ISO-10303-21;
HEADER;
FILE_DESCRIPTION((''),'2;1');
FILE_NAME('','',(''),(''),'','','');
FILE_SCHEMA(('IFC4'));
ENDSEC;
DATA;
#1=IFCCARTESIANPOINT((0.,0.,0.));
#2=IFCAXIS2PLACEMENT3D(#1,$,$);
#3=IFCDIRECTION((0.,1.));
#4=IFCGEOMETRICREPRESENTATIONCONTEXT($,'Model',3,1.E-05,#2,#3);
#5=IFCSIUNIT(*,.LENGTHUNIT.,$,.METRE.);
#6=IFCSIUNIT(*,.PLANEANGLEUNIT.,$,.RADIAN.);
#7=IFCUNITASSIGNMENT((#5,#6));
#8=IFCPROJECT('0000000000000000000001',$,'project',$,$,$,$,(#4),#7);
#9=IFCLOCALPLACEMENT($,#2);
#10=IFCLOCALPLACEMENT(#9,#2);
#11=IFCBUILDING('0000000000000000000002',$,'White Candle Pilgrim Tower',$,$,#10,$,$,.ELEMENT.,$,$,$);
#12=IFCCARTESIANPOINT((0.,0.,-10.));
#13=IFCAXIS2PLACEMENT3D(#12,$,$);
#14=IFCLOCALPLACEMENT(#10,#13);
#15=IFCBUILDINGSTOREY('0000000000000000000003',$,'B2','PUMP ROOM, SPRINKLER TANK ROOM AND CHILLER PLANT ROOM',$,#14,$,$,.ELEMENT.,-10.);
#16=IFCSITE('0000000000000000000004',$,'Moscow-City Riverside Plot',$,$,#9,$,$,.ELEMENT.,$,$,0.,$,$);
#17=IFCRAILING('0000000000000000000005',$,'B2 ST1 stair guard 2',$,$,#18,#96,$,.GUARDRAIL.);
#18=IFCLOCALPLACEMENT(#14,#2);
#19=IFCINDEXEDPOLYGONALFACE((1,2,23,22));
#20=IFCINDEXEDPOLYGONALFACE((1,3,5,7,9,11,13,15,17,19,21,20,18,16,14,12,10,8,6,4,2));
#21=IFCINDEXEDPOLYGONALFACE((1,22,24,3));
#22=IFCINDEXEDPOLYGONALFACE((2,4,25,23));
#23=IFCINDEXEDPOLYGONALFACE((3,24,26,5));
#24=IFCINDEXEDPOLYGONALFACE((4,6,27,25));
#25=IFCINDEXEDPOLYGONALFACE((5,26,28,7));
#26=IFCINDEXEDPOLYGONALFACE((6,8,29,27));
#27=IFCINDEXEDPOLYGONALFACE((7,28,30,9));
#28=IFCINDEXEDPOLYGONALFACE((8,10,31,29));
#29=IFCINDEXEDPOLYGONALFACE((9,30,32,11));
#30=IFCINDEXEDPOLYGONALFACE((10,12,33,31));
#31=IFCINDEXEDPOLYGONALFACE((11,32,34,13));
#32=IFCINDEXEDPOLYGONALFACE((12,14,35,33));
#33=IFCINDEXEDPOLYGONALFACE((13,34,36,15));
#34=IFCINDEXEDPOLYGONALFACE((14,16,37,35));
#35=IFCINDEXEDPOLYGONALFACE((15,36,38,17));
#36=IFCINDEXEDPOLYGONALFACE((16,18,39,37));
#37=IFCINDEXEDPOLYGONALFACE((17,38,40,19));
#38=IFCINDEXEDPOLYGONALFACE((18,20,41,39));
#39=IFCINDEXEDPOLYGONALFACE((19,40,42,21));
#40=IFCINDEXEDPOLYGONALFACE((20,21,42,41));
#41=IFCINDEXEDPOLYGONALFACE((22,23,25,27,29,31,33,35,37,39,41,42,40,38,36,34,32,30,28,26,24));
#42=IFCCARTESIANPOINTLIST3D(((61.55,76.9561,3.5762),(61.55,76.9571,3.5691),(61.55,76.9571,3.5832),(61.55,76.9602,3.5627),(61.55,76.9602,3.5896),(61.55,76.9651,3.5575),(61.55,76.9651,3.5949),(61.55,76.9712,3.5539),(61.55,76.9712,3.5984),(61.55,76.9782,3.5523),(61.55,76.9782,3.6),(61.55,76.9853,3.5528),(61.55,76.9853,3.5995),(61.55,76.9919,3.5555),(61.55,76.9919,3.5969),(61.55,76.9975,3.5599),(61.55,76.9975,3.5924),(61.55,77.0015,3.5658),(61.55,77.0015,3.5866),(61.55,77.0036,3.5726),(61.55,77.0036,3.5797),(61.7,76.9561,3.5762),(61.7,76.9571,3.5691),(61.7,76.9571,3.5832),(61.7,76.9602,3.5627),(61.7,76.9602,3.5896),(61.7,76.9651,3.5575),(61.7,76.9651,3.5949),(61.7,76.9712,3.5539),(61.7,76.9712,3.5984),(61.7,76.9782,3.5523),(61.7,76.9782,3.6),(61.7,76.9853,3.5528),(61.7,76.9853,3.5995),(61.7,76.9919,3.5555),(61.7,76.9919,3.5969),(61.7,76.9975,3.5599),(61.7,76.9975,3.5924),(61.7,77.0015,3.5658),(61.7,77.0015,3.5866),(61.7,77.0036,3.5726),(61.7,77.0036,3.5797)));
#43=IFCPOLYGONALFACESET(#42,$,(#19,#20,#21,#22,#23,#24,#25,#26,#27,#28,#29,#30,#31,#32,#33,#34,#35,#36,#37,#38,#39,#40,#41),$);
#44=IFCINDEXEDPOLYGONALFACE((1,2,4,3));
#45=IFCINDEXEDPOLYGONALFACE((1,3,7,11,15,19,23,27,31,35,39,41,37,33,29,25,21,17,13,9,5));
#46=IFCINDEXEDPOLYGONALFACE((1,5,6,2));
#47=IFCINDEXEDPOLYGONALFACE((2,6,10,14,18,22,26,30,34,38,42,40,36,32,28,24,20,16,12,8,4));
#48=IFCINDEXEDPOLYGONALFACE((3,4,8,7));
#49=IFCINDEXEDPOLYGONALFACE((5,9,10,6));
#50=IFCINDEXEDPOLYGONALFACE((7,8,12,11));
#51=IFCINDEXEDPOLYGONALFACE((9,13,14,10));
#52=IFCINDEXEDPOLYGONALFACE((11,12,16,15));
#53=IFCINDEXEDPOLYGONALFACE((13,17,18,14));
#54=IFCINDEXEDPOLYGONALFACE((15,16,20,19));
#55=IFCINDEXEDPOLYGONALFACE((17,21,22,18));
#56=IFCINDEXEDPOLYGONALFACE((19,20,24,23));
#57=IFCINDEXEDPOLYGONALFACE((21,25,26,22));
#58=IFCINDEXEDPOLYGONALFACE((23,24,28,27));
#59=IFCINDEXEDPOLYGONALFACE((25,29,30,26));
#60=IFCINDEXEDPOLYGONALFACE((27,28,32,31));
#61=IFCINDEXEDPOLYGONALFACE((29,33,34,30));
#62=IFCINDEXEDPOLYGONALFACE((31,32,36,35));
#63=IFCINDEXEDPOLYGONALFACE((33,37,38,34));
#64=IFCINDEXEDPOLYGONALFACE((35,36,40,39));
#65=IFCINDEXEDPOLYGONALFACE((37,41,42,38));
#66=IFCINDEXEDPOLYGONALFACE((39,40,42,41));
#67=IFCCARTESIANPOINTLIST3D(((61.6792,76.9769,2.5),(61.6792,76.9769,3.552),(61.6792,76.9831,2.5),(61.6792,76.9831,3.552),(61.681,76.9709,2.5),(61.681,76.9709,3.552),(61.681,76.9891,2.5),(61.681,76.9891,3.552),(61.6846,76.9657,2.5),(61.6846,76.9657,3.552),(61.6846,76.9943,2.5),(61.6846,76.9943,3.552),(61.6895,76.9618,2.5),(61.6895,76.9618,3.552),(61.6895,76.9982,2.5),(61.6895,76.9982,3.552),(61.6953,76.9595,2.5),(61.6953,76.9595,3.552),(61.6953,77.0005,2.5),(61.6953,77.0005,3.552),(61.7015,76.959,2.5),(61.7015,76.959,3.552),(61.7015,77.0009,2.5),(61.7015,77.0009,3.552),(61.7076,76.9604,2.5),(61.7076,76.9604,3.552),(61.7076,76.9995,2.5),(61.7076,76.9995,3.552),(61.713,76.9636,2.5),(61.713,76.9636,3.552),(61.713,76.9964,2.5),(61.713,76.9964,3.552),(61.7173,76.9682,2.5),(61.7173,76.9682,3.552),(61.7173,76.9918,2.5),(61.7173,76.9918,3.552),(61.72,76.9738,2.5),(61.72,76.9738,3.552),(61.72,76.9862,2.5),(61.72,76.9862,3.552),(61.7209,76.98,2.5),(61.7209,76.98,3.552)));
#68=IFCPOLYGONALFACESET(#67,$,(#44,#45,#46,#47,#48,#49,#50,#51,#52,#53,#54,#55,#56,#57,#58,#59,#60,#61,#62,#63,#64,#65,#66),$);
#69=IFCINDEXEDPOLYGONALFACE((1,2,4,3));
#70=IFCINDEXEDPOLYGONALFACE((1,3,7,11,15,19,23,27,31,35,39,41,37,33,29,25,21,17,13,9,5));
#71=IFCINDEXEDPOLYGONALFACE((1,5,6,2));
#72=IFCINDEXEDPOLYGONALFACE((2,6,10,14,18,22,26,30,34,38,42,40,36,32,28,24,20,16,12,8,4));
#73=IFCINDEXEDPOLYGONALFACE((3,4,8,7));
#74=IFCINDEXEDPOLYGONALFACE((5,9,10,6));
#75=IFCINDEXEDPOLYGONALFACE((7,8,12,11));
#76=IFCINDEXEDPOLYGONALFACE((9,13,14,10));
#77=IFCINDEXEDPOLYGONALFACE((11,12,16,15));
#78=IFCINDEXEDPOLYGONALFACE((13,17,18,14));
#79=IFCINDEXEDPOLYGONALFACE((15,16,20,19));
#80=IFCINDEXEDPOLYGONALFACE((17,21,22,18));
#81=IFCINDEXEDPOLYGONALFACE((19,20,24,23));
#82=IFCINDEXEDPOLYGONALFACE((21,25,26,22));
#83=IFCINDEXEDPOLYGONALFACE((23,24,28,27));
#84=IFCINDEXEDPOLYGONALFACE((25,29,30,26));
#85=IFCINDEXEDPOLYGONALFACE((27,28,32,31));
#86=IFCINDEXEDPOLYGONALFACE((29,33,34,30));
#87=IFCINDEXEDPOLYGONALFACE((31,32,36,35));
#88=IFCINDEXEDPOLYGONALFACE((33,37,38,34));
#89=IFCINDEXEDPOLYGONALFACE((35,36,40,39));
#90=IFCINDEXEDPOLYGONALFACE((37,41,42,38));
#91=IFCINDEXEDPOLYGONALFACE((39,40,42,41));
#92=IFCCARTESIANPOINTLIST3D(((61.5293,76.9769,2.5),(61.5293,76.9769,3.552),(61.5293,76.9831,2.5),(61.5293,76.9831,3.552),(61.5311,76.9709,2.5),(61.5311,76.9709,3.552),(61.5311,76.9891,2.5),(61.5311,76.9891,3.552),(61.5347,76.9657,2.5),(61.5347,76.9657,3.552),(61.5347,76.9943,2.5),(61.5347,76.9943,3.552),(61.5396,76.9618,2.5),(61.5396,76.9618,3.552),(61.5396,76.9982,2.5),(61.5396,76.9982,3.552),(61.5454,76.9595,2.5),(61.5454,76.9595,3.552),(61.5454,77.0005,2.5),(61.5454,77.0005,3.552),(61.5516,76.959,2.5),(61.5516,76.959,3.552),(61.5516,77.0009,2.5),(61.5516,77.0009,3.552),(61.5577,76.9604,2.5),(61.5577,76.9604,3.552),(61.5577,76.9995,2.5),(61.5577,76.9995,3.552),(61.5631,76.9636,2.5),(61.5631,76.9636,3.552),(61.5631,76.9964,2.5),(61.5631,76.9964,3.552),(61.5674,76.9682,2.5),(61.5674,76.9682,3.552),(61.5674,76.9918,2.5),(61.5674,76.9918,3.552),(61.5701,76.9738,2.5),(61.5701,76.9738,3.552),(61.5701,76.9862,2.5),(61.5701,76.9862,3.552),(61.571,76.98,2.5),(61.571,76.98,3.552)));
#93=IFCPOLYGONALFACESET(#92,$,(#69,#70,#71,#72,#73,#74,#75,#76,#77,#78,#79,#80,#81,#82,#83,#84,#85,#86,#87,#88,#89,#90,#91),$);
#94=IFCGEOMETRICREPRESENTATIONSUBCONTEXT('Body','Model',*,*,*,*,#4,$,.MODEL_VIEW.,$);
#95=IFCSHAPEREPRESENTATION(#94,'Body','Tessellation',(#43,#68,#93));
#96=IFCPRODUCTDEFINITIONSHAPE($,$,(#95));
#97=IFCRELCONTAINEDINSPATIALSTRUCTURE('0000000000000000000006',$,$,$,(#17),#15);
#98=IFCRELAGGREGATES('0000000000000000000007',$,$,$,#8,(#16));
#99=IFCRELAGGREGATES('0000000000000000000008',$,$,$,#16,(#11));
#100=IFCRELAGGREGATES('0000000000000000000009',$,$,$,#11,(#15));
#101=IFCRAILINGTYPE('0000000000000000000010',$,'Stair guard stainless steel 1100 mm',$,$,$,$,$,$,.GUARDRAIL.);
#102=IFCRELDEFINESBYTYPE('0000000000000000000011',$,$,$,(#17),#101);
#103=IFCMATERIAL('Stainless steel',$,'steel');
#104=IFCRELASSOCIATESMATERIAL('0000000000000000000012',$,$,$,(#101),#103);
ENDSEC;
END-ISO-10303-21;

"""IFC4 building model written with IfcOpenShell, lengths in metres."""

from ifc_helpers import new_model, si_unit, direction, frame, origin, origin_2d, place, context, subcontext, project, spatial, circle, extrude, material, type_object, element, save


model = new_model("IFC4")

# Units and contexts
model_context = context("Model", 3, precision=1e-05, world=origin(), true_north=direction((0.0, 1.0)))
body_context = subcontext(model_context, "Body", "Model", "MODEL_VIEW")
ifc_project = project(units=[si_unit("LENGTHUNIT", "METRE"), si_unit("PLANEANGLEUNIT", "RADIAN")], contexts=[model_context])

# Site, building, storey
site_placement = place(None, origin())
site = spatial("IfcSite", under=ifc_project, at=site_placement, Name="Moscow-City Riverside Plot", CompositionType="ELEMENT", RefElevation=0.0)
building_placement = place(site_placement, origin())
building = spatial("IfcBuilding", under=site, at=building_placement, Name="White Candle Pilgrim Tower", CompositionType="ELEMENT")
storey_placement = place(building_placement, frame((0.0, 0.0, -10.0)))
storey = spatial("IfcBuildingStorey", under=building, at=storey_placement, Name="B2", Description="PUMP ROOM, SPRINKLER TANK ROOM AND CHILLER PLANT ROOM", CompositionType="ELEMENT", Elevation=-10.0)

# Railing
ifc_material_1 = material(Name="Stainless steel", Category="steel")
railing_type_1 = type_object("IfcRailingType", Name="Stair guard stainless steel 1100 mm", PredefinedType="GUARDRAIL", material=ifc_material_1)
railing_1_placement = place(storey_placement, frame((61.7, 76.98, 2.5)))
element("IfcRailing", 1, at=railing_1_placement, inside=storey, type_object=railing_type_1, Name="B2 ST1 stair guard 2", PredefinedType="GUARDRAIL", context=body_context, shape_type="SweptSolid", body=[
    extrude(circle(Radius=0.0239, at=origin_2d()), frame((0.0, 0.0, 1.0762), z_axis=(-1.0, 0.0, 0.0), x_axis=(0.0, -1.0, 0.0)), (0.0, 0.0, 1.0), 0.1499),
    extrude(circle(Radius=0.021, at=origin_2d()), origin(), (0.0, 0.0, 1.0), 1.052),
    extrude(circle(Radius=0.021, at=origin_2d()), frame((-0.1499, 0.0, 0.0)), (0.0, 0.0, 1.0), 1.052),
])

save(model, "model.ifc")
